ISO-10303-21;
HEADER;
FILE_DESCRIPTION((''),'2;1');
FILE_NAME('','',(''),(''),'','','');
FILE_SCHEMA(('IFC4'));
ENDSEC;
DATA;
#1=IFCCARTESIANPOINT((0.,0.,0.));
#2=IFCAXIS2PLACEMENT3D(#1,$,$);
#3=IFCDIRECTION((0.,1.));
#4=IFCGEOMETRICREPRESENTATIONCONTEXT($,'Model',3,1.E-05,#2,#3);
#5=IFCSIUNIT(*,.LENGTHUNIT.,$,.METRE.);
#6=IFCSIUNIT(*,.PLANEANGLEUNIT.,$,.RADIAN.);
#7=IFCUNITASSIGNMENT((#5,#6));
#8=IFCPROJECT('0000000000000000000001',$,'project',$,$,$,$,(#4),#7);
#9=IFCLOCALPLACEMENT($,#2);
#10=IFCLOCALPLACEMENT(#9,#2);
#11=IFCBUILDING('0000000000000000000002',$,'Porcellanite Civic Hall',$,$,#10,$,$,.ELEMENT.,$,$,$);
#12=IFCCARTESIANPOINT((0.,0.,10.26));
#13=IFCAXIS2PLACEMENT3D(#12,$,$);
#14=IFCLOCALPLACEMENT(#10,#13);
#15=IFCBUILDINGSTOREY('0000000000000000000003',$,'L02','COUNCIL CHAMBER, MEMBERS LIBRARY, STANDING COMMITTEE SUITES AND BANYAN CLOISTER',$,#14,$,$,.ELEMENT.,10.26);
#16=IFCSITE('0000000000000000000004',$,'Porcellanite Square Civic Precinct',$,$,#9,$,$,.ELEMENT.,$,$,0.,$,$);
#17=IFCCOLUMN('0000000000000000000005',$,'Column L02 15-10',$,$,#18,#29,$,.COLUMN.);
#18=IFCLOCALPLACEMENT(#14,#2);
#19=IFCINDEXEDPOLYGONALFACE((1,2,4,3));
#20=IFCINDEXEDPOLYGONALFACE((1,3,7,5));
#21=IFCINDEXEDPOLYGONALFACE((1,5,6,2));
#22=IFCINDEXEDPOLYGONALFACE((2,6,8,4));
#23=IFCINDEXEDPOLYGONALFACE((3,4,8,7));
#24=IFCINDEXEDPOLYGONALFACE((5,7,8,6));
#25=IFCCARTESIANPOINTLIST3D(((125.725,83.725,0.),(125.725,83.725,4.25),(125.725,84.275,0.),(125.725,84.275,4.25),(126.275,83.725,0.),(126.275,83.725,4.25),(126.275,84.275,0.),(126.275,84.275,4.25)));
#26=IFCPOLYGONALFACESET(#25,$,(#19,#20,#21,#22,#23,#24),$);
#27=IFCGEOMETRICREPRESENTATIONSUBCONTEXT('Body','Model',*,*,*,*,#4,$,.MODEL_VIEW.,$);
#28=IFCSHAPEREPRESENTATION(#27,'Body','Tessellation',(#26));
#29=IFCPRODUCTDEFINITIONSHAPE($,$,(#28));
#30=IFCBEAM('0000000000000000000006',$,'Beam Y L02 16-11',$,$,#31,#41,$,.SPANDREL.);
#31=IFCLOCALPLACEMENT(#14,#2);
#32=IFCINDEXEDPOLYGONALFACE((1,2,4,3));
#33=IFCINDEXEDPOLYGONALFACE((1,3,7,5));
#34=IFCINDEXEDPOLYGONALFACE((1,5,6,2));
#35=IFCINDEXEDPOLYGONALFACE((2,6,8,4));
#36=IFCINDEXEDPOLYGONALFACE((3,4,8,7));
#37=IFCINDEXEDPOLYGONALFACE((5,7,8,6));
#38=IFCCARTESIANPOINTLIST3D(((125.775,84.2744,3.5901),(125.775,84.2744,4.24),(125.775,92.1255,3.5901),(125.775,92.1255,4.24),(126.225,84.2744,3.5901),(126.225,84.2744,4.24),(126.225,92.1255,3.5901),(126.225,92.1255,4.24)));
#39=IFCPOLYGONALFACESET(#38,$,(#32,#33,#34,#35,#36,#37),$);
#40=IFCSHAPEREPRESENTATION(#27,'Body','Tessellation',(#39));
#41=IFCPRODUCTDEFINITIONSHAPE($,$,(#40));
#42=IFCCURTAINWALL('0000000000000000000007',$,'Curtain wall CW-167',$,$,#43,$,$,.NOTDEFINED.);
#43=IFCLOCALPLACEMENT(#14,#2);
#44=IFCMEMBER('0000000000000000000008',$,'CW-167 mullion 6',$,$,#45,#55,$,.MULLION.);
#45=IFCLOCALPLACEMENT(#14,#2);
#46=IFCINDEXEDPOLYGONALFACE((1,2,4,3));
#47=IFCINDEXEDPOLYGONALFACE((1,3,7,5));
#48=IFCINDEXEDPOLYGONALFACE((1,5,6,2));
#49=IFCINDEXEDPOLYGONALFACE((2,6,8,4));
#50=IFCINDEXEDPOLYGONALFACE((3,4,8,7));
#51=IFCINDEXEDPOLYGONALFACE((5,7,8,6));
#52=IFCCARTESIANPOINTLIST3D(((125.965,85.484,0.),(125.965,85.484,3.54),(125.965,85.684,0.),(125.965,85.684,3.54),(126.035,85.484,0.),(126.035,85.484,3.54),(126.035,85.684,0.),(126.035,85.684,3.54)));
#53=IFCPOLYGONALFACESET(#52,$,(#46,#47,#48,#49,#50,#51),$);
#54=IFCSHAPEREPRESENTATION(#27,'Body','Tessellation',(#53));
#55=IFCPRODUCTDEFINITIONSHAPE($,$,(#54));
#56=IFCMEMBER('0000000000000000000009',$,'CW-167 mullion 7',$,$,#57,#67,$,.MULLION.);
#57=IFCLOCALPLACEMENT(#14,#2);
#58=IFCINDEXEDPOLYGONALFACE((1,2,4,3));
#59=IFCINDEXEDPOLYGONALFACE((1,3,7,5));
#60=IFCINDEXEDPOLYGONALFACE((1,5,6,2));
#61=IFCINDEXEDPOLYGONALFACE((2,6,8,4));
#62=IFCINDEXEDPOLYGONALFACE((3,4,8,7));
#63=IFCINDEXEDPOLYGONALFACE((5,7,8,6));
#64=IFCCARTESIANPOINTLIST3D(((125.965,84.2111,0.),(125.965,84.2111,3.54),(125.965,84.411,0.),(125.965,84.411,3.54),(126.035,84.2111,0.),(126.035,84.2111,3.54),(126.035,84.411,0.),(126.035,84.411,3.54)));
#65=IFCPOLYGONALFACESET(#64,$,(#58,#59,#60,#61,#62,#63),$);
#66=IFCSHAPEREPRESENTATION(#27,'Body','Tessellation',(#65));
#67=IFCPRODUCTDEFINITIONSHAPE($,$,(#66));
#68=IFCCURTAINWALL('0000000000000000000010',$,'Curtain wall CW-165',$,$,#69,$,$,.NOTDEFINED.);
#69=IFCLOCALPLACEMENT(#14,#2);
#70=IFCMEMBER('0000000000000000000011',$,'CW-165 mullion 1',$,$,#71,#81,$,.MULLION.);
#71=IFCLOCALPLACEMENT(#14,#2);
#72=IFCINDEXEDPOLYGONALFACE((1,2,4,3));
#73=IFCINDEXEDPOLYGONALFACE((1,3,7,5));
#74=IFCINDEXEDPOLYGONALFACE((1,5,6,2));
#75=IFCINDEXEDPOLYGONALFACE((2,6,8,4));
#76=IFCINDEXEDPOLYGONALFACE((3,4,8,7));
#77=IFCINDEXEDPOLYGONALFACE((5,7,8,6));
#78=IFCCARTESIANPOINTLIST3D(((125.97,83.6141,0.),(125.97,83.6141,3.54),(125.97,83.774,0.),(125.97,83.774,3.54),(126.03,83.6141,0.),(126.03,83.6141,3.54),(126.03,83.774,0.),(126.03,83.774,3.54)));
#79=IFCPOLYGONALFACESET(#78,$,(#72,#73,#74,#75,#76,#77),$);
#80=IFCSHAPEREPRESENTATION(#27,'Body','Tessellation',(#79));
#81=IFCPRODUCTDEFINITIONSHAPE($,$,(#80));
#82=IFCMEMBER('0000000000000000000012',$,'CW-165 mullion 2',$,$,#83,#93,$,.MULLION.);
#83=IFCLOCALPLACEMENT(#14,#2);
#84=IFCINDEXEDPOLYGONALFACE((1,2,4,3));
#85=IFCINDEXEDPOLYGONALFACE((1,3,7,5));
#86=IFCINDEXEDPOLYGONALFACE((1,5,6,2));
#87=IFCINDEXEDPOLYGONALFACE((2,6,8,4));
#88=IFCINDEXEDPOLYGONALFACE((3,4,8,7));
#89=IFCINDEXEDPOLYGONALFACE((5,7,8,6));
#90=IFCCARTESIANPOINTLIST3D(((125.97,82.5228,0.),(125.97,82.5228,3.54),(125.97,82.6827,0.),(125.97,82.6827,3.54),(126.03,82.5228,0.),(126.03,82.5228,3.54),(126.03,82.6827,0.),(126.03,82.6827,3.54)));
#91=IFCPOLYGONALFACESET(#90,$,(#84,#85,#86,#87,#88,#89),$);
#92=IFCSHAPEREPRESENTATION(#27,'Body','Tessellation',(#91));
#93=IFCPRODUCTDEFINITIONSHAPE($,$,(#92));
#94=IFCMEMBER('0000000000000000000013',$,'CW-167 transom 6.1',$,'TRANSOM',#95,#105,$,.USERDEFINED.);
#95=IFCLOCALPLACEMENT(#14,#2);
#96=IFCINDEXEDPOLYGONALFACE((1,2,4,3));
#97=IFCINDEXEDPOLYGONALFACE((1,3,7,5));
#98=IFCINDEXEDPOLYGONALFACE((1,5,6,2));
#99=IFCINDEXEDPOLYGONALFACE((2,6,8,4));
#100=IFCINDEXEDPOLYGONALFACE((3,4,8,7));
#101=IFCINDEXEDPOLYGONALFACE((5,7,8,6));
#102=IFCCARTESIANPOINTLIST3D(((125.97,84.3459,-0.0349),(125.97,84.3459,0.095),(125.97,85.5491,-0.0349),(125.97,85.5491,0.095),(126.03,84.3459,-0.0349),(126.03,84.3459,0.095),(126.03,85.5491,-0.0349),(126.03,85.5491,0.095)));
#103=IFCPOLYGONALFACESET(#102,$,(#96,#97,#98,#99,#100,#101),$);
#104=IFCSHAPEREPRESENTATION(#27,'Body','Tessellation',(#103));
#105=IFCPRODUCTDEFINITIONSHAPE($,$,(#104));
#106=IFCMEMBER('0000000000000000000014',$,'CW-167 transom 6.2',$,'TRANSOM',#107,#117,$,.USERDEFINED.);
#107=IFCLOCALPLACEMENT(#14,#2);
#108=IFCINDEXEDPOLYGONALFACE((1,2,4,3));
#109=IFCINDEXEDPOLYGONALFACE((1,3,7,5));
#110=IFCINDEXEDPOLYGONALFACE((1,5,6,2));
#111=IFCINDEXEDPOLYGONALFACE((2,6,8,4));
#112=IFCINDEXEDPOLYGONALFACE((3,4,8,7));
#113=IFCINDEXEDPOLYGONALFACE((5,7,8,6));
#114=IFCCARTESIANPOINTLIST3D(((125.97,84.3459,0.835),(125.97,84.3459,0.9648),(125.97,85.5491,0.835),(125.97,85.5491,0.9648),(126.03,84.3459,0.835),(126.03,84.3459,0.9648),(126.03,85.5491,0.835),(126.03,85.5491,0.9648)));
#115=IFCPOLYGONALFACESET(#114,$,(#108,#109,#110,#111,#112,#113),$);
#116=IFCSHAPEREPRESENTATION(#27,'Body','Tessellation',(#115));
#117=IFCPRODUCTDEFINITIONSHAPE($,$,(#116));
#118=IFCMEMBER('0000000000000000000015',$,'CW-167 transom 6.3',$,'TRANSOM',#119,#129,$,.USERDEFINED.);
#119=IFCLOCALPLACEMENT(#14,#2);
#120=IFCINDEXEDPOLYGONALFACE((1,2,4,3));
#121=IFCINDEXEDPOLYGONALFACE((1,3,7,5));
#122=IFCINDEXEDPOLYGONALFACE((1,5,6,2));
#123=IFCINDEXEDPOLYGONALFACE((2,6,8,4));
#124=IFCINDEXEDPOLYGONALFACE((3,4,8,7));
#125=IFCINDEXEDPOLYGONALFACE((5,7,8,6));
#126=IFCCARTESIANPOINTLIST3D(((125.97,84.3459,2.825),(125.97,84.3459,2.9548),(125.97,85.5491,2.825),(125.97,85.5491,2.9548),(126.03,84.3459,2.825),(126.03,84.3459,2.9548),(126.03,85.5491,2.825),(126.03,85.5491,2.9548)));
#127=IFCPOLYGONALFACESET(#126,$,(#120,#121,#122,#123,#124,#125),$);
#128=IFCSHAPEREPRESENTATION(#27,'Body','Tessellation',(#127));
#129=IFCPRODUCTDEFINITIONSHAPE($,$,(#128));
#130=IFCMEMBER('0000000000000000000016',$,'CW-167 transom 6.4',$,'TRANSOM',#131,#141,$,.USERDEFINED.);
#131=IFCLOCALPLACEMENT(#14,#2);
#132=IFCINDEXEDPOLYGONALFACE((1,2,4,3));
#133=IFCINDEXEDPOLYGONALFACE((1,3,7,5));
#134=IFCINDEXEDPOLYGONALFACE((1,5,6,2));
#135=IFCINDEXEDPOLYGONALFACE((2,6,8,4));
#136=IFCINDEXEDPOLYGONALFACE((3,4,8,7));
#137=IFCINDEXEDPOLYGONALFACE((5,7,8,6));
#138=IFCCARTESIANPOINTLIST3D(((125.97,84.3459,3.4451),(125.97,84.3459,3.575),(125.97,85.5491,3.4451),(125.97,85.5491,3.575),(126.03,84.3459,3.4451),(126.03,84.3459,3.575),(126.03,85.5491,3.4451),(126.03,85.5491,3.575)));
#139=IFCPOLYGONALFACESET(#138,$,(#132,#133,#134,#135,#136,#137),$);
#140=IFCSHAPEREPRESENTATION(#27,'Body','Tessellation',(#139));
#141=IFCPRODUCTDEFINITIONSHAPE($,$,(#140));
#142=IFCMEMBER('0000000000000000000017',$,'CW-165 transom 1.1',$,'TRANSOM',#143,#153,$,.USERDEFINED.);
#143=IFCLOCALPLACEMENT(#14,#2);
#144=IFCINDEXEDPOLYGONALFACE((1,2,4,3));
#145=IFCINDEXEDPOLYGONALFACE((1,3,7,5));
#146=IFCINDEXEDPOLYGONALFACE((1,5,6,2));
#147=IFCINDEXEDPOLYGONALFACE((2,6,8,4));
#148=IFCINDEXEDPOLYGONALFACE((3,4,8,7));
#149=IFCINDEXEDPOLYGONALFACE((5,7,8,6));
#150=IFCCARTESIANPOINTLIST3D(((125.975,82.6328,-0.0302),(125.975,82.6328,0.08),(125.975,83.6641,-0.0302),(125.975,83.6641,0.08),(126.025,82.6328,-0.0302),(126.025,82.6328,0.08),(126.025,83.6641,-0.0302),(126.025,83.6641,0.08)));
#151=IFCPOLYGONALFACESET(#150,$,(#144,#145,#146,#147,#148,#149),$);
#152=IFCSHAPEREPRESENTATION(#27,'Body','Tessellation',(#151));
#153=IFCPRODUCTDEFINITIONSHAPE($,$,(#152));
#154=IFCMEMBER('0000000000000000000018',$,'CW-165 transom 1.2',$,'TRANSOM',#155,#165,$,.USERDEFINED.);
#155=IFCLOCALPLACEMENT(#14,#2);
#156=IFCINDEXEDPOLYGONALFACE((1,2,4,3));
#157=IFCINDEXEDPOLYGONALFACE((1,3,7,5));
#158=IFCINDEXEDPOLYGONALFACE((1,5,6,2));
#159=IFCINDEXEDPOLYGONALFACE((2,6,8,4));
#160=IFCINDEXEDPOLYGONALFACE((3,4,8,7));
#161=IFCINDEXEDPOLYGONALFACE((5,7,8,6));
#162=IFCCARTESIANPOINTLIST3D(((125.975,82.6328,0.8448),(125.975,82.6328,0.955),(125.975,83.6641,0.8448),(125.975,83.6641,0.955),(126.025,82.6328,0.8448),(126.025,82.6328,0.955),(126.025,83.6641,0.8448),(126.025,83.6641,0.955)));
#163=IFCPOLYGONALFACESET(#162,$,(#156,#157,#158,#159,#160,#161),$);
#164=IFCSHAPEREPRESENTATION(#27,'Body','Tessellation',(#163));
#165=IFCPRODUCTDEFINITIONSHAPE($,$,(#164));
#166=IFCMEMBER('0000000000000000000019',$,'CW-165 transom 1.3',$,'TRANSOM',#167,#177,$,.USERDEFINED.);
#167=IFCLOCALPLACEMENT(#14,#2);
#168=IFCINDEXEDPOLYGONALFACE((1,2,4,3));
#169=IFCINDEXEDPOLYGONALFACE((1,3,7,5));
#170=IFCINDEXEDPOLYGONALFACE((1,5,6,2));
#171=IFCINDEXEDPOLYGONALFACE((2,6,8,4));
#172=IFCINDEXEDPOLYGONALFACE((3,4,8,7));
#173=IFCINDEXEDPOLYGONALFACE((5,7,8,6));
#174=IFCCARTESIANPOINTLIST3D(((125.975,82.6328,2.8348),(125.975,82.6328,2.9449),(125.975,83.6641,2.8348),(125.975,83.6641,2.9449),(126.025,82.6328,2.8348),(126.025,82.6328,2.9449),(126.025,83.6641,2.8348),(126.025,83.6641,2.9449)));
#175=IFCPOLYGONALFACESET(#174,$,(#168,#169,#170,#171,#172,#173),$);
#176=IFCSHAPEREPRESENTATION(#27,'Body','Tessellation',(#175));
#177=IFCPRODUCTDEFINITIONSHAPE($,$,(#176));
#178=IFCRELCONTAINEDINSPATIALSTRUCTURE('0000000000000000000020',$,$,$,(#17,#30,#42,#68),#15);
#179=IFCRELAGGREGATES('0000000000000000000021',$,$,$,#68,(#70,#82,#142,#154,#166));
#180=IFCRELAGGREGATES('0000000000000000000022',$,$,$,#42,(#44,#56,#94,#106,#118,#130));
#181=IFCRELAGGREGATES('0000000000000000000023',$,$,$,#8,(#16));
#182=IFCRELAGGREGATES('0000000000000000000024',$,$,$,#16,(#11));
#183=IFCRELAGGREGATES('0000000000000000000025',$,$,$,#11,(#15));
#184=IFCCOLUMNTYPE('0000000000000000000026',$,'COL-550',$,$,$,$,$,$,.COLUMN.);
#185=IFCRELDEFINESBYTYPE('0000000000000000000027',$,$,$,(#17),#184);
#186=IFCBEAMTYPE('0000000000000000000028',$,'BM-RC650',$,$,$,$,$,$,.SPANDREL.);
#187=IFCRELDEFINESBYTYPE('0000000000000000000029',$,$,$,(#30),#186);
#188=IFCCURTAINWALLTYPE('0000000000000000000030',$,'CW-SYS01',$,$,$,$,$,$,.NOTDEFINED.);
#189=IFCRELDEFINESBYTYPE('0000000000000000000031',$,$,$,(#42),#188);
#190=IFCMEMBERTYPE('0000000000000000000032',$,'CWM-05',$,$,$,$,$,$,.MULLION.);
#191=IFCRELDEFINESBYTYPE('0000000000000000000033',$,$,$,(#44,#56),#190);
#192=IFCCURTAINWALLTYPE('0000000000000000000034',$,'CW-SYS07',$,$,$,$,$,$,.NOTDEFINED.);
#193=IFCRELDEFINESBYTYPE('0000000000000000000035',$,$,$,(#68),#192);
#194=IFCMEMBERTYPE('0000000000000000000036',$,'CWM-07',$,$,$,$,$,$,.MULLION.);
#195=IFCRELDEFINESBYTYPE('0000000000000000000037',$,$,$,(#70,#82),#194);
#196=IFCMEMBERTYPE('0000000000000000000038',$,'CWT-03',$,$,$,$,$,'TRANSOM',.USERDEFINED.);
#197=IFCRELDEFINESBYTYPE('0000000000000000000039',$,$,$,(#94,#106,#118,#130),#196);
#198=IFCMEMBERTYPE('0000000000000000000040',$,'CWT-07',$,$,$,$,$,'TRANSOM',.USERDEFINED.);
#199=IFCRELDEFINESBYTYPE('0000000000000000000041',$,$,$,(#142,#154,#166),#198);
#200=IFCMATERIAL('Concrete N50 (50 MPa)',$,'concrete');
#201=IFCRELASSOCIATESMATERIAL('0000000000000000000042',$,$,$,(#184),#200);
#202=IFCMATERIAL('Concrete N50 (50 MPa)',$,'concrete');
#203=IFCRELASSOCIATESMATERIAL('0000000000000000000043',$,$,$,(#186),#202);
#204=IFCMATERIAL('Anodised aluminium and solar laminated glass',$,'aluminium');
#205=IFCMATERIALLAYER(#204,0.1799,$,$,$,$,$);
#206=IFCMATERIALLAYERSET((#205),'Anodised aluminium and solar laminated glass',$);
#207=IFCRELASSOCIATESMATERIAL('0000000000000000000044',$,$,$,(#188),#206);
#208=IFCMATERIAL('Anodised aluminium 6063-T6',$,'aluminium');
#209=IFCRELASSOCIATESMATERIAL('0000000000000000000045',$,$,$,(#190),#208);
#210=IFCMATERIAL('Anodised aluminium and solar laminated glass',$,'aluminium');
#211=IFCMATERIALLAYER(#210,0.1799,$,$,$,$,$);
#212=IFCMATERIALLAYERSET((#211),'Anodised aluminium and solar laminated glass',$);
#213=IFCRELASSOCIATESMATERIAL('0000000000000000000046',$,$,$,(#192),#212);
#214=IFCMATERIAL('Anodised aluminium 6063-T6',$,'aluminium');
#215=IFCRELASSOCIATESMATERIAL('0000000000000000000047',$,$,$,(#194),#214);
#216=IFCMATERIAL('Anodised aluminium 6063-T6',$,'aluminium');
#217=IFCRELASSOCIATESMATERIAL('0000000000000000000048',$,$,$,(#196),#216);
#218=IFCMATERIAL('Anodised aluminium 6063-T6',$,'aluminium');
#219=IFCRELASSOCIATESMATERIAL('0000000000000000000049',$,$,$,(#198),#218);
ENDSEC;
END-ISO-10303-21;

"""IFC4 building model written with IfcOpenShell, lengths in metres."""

from ifc_helpers import new_model, si_unit, direction, frame, origin, origin_2d, place, context, subcontext, project, spatial, rectangle, extrude, material, layer, layer_set, material_profile, profile_set, type_object, element, aggregate, save


model = new_model("IFC4")

# Units and contexts
model_context = context("Model", 3, precision=1e-05, world=origin(), true_north=direction((0.0, 1.0)))
body_context = subcontext(model_context, "Body", "Model", "MODEL_VIEW")
ifc_project = project(units=[si_unit("LENGTHUNIT", "METRE"), si_unit("PLANEANGLEUNIT", "RADIAN")], contexts=[model_context])

# Site, building, storey
site_placement = place(None, origin())
site = spatial("IfcSite", under=ifc_project, at=site_placement, Name="Porcellanite Square Civic Precinct", CompositionType="ELEMENT", RefElevation=0.0)
building_placement = place(site_placement, origin())
building = spatial("IfcBuilding", under=site, at=building_placement, Name="Porcellanite Civic Hall", CompositionType="ELEMENT")
storey_placement = place(building_placement, frame((0.0, 0.0, 10.26)))
storey = spatial("IfcBuildingStorey", under=building, at=storey_placement, Name="L02", Description="COUNCIL CHAMBER, MEMBERS LIBRARY, STANDING COMMITTEE SUITES AND BANYAN CLOISTER", CompositionType="ELEMENT", Elevation=10.26)

# Column
ifc_material_1 = material(Name="Concrete N50 (50 MPa)", Category="concrete")
ifc_material_profile_1 = material_profile(ifc_material_1, rectangle(XDim=0.55, YDim=0.55, at=origin_2d()), Name="RC-550x550")
ifc_profile_set_1 = profile_set([ifc_material_profile_1], Name="Concrete N50 (50 MPa)")
column_type = type_object("IfcColumnType", Name="COL-550", PredefinedType="COLUMN", material=ifc_profile_set_1)
column_placement = place(storey_placement, frame((126.0, 84.0, 0.0), z_axis=(0.0, 0.0, 1.0), x_axis=(1.0, 0.0, 0.0)))
element("IfcColumn", 1, at=column_placement, inside=storey, type_object=column_type, Name="Column L02 15-10", PredefinedType="COLUMN", context=body_context, shape_type="SweptSolid", body=[
    extrude(rectangle(XDim=0.55, YDim=0.55, at=origin_2d()), origin(), (0.0, 0.0, 1.0), 4.25),
])

# Beam
ifc_material_2 = material(Name="Concrete N50 (50 MPa)", Category="concrete")
ifc_material_profile_2 = material_profile(ifc_material_2, rectangle(XDim=0.45, YDim=0.6499, at=origin_2d()), Name="RC-450x650")
ifc_profile_set_2 = profile_set([ifc_material_profile_2], Name="Concrete N50 (50 MPa)")
beam_type_1 = type_object("IfcBeamType", Name="BM-RC650", PredefinedType="SPANDREL", material=ifc_profile_set_2)
beam_1_placement = place(storey_placement, frame((126.0, 84.2744, 3.915), z_axis=(0.0, 1.0, 0.0), x_axis=(-1.0, 0.0, 0.0)))
element("IfcBeam", 2, at=beam_1_placement, inside=storey, type_object=beam_type_1, Name="Beam Y L02 16-11", PredefinedType="SPANDREL", context=body_context, shape_type="SweptSolid", body=[
    extrude(rectangle(XDim=0.45, YDim=0.6499, at=origin_2d()), origin(), (0.0, 0.0, 1.0), 7.8511),
])

# Curtain walls, members
ifc_material_3 = material(Name="Anodised aluminium and solar laminated glass", Category="aluminium")
ifc_layer_1 = layer(ifc_material_3, 0.1799)
ifc_layer_set_1 = layer_set([ifc_layer_1], Name="Anodised aluminium and solar laminated glass")
curtain_wall_type_1 = type_object("IfcCurtainWallType", Name="CW-SYS01", PredefinedType="NOTDEFINED", material=ifc_layer_set_1)
curtain_wall_1_placement = place(storey_placement, origin())
curtain_wall_1 = element("IfcCurtainWall", 3, at=curtain_wall_1_placement, inside=storey, type_object=curtain_wall_type_1, Name="Curtain wall CW-167", PredefinedType="NOTDEFINED")
ifc_material_4 = material(Name="Anodised aluminium 6063-T6", Category="aluminium")
ifc_material_profile_3 = material_profile(ifc_material_4, rectangle(XDim=0.0701, YDim=0.2, at=origin_2d()), Name="AL-70x200")
ifc_profile_set_3 = profile_set([ifc_material_profile_3], Name="Anodised aluminium 6063-T6")
member_type_1 = type_object("IfcMemberType", Name="CWM-05", PredefinedType="MULLION", material=ifc_profile_set_3)
member_1_placement = place(storey_placement, frame((126.0, 85.584, 0.0), z_axis=(0.0, 0.0, 1.0), x_axis=(1.0, 0.0, 0.0)))
member_1 = element("IfcMember", 4, at=member_1_placement, type_object=member_type_1, Name="CW-167 mullion 6", PredefinedType="MULLION", context=body_context, shape_type="SweptSolid", body=[
    extrude(rectangle(XDim=0.0701, YDim=0.2, at=origin_2d()), origin(), (0.0, 0.0, 1.0), 3.54),
])
member_2_placement = place(storey_placement, frame((126.0, 84.311, 0.0), z_axis=(0.0, 0.0, 1.0), x_axis=(1.0, 0.0, 0.0)))
member_2 = element("IfcMember", 5, at=member_2_placement, type_object=member_type_1, Name="CW-167 mullion 7", PredefinedType="MULLION", context=body_context, shape_type="SweptSolid", body=[
    extrude(rectangle(XDim=0.0701, YDim=0.2, at=origin_2d()), origin(), (0.0, 0.0, 1.0), 3.54),
])
ifc_material_5 = material(Name="Anodised aluminium and solar laminated glass", Category="aluminium")
ifc_layer_2 = layer(ifc_material_5, 0.1799)
ifc_layer_set_2 = layer_set([ifc_layer_2], Name="Anodised aluminium and solar laminated glass")
curtain_wall_type_2 = type_object("IfcCurtainWallType", Name="CW-SYS07", PredefinedType="NOTDEFINED", material=ifc_layer_set_2)
curtain_wall_2_placement = place(storey_placement, origin())
curtain_wall_2 = element("IfcCurtainWall", 6, at=curtain_wall_2_placement, inside=storey, type_object=curtain_wall_type_2, Name="Curtain wall CW-165", PredefinedType="NOTDEFINED")
ifc_material_6 = material(Name="Anodised aluminium 6063-T6", Category="aluminium")
ifc_material_profile_4 = material_profile(ifc_material_6, rectangle(XDim=0.0601, YDim=0.1599, at=origin_2d()), Name="AL-60x160")
ifc_profile_set_4 = profile_set([ifc_material_profile_4], Name="Anodised aluminium 6063-T6")
member_type_2 = type_object("IfcMemberType", Name="CWM-07", PredefinedType="MULLION", material=ifc_profile_set_4)
member_3_placement = place(storey_placement, frame((126.0, 83.6941, 0.0), z_axis=(0.0, 0.0, 1.0), x_axis=(1.0, 0.0, 0.0)))
member_3 = element("IfcMember", 7, at=member_3_placement, type_object=member_type_2, Name="CW-165 mullion 1", PredefinedType="MULLION", context=body_context, shape_type="SweptSolid", body=[
    extrude(rectangle(XDim=0.0601, YDim=0.1599, at=origin_2d()), origin(), (0.0, 0.0, 1.0), 3.54),
])
member_4_placement = place(storey_placement, frame((126.0, 82.6028, 0.0), z_axis=(0.0, 0.0, 1.0), x_axis=(1.0, 0.0, 0.0)))
member_4 = element("IfcMember", 8, at=member_4_placement, type_object=member_type_2, Name="CW-165 mullion 2", PredefinedType="MULLION", context=body_context, shape_type="SweptSolid", body=[
    extrude(rectangle(XDim=0.0601, YDim=0.1599, at=origin_2d()), origin(), (0.0, 0.0, 1.0), 3.54),
])

# Members
ifc_material_7 = material(Name="Anodised aluminium 6063-T6", Category="aluminium")
ifc_material_profile_5 = material_profile(ifc_material_7, rectangle(XDim=0.0601, YDim=0.1299, at=origin_2d()), Name="AL-60x130")
ifc_profile_set_5 = profile_set([ifc_material_profile_5], Name="Anodised aluminium 6063-T6")
member_type_3 = type_object("IfcMemberType", Name="CWT-03", ElementType="TRANSOM", PredefinedType="USERDEFINED", material=ifc_profile_set_5)
member_5_placement = place(storey_placement, frame((126.0, 85.5491, 0.03), z_axis=(0.0, -1.0, 0.0), x_axis=(1.0, 0.0, 0.0)))
member_5 = element("IfcMember", 9, at=member_5_placement, type_object=member_type_3, Name="CW-167 transom 6.1", ObjectType="TRANSOM", PredefinedType="USERDEFINED", context=body_context, shape_type="SweptSolid", body=[
    extrude(rectangle(XDim=0.0601, YDim=0.1299, at=origin_2d()), origin(), (0.0, 0.0, 1.0), 1.2031),
])
member_6_placement = place(storey_placement, frame((126.0, 85.5491, 0.8999), z_axis=(0.0, -1.0, 0.0), x_axis=(1.0, 0.0, 0.0)))
member_6 = element("IfcMember", 10, at=member_6_placement, type_object=member_type_3, Name="CW-167 transom 6.2", ObjectType="TRANSOM", PredefinedType="USERDEFINED", context=body_context, shape_type="SweptSolid", body=[
    extrude(rectangle(XDim=0.0601, YDim=0.1299, at=origin_2d()), origin(), (0.0, 0.0, 1.0), 1.2031),
])
member_7_placement = place(storey_placement, frame((126.0, 85.5491, 2.8899), z_axis=(0.0, -1.0, 0.0), x_axis=(1.0, 0.0, 0.0)))
member_7 = element("IfcMember", 11, at=member_7_placement, type_object=member_type_3, Name="CW-167 transom 6.3", ObjectType="TRANSOM", PredefinedType="USERDEFINED", context=body_context, shape_type="SweptSolid", body=[
    extrude(rectangle(XDim=0.0601, YDim=0.1299, at=origin_2d()), origin(), (0.0, 0.0, 1.0), 1.2031),
])
member_8_placement = place(storey_placement, frame((126.0, 85.5491, 3.51), z_axis=(0.0, -1.0, 0.0), x_axis=(1.0, 0.0, 0.0)))
member_8 = element("IfcMember", 12, at=member_8_placement, type_object=member_type_3, Name="CW-167 transom 6.4", ObjectType="TRANSOM", PredefinedType="USERDEFINED", context=body_context, shape_type="SweptSolid", body=[
    extrude(rectangle(XDim=0.0601, YDim=0.1299, at=origin_2d()), origin(), (0.0, 0.0, 1.0), 1.2031),
])
ifc_material_8 = material(Name="Anodised aluminium 6063-T6", Category="aluminium")
ifc_material_profile_6 = material_profile(ifc_material_8, rectangle(XDim=0.05, YDim=0.1101, at=origin_2d()), Name="AL-50x110")
ifc_profile_set_6 = profile_set([ifc_material_profile_6], Name="Anodised aluminium 6063-T6")
member_type_4 = type_object("IfcMemberType", Name="CWT-07", ElementType="TRANSOM", PredefinedType="USERDEFINED", material=ifc_profile_set_6)
member_9_placement = place(storey_placement, frame((126.0, 83.6641, 0.0249), z_axis=(0.0, -1.0, 0.0), x_axis=(1.0, 0.0, 0.0)))
member_9 = element("IfcMember", 13, at=member_9_placement, type_object=member_type_4, Name="CW-165 transom 1.1", ObjectType="TRANSOM", PredefinedType="USERDEFINED", context=body_context, shape_type="SweptSolid", body=[
    extrude(rectangle(XDim=0.05, YDim=0.1101, at=origin_2d()), origin(), (0.0, 0.0, 1.0), 1.0312),
])
member_10_placement = place(storey_placement, frame((126.0, 83.6641, 0.8999), z_axis=(0.0, -1.0, 0.0), x_axis=(1.0, 0.0, 0.0)))
member_10 = element("IfcMember", 14, at=member_10_placement, type_object=member_type_4, Name="CW-165 transom 1.2", ObjectType="TRANSOM", PredefinedType="USERDEFINED", context=body_context, shape_type="SweptSolid", body=[
    extrude(rectangle(XDim=0.05, YDim=0.1101, at=origin_2d()), origin(), (0.0, 0.0, 1.0), 1.0312),
])
member_11_placement = place(storey_placement, frame((126.0, 83.6641, 2.8899), z_axis=(0.0, -1.0, 0.0), x_axis=(1.0, 0.0, 0.0)))
member_11 = element("IfcMember", 15, at=member_11_placement, type_object=member_type_4, Name="CW-165 transom 1.3", ObjectType="TRANSOM", PredefinedType="USERDEFINED", context=body_context, shape_type="SweptSolid", body=[
    extrude(rectangle(XDim=0.05, YDim=0.1101, at=origin_2d()), origin(), (0.0, 0.0, 1.0), 1.0312),
])

aggregate(curtain_wall_2, [member_3, member_4, member_9, member_10, member_11])
aggregate(curtain_wall_1, [member_1, member_2, member_5, member_6, member_7, member_8])

save(model, "model.ifc")
